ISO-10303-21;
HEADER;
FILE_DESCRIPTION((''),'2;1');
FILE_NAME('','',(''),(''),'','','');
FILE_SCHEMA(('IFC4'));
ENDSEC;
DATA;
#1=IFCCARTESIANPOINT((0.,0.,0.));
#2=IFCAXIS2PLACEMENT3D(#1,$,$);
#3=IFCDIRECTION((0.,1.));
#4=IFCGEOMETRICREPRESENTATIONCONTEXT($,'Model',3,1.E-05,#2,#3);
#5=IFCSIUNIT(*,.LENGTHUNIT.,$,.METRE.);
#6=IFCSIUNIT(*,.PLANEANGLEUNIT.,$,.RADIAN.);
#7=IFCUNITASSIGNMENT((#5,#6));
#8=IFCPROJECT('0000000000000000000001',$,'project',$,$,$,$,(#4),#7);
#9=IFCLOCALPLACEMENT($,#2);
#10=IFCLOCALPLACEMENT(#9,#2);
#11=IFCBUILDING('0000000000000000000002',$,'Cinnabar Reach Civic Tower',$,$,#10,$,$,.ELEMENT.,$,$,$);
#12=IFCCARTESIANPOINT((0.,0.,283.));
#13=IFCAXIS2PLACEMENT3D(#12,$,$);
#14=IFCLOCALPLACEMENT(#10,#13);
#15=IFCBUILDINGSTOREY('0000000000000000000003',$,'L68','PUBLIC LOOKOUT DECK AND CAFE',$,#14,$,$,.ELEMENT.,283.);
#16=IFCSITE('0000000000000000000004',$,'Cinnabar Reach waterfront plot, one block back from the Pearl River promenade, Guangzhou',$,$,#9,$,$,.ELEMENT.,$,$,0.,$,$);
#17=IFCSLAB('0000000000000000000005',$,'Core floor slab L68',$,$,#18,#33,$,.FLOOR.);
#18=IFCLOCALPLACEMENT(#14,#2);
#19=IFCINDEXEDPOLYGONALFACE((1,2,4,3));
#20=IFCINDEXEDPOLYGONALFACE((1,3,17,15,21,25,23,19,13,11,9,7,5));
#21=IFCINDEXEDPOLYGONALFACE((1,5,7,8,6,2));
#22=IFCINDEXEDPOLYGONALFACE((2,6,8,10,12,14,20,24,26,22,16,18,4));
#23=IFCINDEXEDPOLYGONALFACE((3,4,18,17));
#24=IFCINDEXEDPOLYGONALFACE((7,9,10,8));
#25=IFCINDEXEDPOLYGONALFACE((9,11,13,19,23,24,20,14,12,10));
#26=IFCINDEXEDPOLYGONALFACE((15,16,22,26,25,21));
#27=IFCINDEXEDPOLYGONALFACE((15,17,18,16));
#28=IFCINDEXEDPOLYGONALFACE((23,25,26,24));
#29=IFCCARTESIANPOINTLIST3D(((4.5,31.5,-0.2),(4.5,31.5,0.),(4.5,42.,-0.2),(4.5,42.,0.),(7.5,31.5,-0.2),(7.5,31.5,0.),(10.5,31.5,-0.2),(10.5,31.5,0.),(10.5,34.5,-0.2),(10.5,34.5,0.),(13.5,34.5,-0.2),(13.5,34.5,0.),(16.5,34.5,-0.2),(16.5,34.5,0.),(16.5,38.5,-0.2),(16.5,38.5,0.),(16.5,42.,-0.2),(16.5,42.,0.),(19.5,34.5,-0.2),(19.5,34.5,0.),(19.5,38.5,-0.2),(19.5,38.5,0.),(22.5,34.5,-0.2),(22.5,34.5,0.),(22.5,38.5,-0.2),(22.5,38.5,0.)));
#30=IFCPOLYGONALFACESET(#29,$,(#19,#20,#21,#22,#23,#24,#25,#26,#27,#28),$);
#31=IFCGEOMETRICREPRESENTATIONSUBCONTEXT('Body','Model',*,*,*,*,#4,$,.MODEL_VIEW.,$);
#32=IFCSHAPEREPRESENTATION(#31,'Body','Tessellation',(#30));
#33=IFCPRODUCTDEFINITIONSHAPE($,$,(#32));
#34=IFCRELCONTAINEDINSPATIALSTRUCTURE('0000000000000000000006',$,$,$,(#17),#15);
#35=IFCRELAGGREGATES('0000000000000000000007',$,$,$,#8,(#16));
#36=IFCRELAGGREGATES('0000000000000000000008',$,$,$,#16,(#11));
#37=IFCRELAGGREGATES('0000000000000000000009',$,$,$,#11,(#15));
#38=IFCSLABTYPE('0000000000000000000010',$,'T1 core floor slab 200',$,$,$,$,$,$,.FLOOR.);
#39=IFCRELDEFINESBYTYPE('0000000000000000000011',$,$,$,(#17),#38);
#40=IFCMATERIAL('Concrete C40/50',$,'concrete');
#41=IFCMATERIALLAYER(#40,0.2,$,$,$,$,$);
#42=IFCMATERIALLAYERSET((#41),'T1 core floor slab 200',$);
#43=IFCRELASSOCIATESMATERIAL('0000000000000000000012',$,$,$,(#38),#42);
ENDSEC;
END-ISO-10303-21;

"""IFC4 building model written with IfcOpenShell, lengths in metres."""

from ifc_helpers import new_model, si_unit, direction, frame, origin, place, context, subcontext, project, spatial, polyline, outline, extrude, material, layer, layer_set, type_object, element, save


model = new_model("IFC4")

# Units and contexts
model_context = context("Model", 3, precision=1e-05, world=origin(), true_north=direction((0.0, 1.0)))
body_context = subcontext(model_context, "Body", "Model", "MODEL_VIEW")
ifc_project = project(units=[si_unit("LENGTHUNIT", "METRE"), si_unit("PLANEANGLEUNIT", "RADIAN")], contexts=[model_context])

# Site, building, storey
site_placement = place(None, origin())
site = spatial("IfcSite", under=ifc_project, at=site_placement, Name="Cinnabar Reach waterfront plot, one block back from the Pearl River promenade, Guangzhou", CompositionType="ELEMENT", RefElevation=0.0)
building_placement = place(site_placement, origin())
building = spatial("IfcBuilding", under=site, at=building_placement, Name="Cinnabar Reach Civic Tower", CompositionType="ELEMENT")
storey_placement = place(building_placement, frame((0.0, 0.0, 283.0)))
storey = spatial("IfcBuildingStorey", under=building, at=storey_placement, Name="L68", Description="PUBLIC LOOKOUT DECK AND CAFE", CompositionType="ELEMENT", Elevation=283.0)

# Shared definitions
ifc_material_1 = material(Name="Concrete C40/50", Category="concrete")

# Slab
ifc_layer_1 = layer(ifc_material_1, 0.2)
ifc_layer_set_1 = layer_set([ifc_layer_1], Name="T1 core floor slab 200")
slab_type_1 = type_object("IfcSlabType", Name="T1 core floor slab 200", PredefinedType="FLOOR", material=ifc_layer_set_1)
slab_1_placement = place(storey_placement, frame((0.0, 0.0, -0.2)))
element("IfcSlab", 1, at=slab_1_placement, inside=storey, type_object=slab_type_1, Name="Core floor slab L68", PredefinedType="FLOOR", context=body_context, shape_type="SweptSolid", body=[
    extrude(outline(polyline([(22.5, 34.5), (19.5, 34.5), (16.5, 34.5), (13.5, 34.5), (10.5, 34.5), (10.5, 31.5), (7.5, 31.5), (4.5, 31.5), (4.5, 42.0), (16.5, 42.0), (16.5, 38.5), (19.5, 38.5), (22.5, 38.5), (22.5, 34.5)])), origin(), (0.0, 0.0, 1.0), 0.2),
])

save(model, "model.ifc")
